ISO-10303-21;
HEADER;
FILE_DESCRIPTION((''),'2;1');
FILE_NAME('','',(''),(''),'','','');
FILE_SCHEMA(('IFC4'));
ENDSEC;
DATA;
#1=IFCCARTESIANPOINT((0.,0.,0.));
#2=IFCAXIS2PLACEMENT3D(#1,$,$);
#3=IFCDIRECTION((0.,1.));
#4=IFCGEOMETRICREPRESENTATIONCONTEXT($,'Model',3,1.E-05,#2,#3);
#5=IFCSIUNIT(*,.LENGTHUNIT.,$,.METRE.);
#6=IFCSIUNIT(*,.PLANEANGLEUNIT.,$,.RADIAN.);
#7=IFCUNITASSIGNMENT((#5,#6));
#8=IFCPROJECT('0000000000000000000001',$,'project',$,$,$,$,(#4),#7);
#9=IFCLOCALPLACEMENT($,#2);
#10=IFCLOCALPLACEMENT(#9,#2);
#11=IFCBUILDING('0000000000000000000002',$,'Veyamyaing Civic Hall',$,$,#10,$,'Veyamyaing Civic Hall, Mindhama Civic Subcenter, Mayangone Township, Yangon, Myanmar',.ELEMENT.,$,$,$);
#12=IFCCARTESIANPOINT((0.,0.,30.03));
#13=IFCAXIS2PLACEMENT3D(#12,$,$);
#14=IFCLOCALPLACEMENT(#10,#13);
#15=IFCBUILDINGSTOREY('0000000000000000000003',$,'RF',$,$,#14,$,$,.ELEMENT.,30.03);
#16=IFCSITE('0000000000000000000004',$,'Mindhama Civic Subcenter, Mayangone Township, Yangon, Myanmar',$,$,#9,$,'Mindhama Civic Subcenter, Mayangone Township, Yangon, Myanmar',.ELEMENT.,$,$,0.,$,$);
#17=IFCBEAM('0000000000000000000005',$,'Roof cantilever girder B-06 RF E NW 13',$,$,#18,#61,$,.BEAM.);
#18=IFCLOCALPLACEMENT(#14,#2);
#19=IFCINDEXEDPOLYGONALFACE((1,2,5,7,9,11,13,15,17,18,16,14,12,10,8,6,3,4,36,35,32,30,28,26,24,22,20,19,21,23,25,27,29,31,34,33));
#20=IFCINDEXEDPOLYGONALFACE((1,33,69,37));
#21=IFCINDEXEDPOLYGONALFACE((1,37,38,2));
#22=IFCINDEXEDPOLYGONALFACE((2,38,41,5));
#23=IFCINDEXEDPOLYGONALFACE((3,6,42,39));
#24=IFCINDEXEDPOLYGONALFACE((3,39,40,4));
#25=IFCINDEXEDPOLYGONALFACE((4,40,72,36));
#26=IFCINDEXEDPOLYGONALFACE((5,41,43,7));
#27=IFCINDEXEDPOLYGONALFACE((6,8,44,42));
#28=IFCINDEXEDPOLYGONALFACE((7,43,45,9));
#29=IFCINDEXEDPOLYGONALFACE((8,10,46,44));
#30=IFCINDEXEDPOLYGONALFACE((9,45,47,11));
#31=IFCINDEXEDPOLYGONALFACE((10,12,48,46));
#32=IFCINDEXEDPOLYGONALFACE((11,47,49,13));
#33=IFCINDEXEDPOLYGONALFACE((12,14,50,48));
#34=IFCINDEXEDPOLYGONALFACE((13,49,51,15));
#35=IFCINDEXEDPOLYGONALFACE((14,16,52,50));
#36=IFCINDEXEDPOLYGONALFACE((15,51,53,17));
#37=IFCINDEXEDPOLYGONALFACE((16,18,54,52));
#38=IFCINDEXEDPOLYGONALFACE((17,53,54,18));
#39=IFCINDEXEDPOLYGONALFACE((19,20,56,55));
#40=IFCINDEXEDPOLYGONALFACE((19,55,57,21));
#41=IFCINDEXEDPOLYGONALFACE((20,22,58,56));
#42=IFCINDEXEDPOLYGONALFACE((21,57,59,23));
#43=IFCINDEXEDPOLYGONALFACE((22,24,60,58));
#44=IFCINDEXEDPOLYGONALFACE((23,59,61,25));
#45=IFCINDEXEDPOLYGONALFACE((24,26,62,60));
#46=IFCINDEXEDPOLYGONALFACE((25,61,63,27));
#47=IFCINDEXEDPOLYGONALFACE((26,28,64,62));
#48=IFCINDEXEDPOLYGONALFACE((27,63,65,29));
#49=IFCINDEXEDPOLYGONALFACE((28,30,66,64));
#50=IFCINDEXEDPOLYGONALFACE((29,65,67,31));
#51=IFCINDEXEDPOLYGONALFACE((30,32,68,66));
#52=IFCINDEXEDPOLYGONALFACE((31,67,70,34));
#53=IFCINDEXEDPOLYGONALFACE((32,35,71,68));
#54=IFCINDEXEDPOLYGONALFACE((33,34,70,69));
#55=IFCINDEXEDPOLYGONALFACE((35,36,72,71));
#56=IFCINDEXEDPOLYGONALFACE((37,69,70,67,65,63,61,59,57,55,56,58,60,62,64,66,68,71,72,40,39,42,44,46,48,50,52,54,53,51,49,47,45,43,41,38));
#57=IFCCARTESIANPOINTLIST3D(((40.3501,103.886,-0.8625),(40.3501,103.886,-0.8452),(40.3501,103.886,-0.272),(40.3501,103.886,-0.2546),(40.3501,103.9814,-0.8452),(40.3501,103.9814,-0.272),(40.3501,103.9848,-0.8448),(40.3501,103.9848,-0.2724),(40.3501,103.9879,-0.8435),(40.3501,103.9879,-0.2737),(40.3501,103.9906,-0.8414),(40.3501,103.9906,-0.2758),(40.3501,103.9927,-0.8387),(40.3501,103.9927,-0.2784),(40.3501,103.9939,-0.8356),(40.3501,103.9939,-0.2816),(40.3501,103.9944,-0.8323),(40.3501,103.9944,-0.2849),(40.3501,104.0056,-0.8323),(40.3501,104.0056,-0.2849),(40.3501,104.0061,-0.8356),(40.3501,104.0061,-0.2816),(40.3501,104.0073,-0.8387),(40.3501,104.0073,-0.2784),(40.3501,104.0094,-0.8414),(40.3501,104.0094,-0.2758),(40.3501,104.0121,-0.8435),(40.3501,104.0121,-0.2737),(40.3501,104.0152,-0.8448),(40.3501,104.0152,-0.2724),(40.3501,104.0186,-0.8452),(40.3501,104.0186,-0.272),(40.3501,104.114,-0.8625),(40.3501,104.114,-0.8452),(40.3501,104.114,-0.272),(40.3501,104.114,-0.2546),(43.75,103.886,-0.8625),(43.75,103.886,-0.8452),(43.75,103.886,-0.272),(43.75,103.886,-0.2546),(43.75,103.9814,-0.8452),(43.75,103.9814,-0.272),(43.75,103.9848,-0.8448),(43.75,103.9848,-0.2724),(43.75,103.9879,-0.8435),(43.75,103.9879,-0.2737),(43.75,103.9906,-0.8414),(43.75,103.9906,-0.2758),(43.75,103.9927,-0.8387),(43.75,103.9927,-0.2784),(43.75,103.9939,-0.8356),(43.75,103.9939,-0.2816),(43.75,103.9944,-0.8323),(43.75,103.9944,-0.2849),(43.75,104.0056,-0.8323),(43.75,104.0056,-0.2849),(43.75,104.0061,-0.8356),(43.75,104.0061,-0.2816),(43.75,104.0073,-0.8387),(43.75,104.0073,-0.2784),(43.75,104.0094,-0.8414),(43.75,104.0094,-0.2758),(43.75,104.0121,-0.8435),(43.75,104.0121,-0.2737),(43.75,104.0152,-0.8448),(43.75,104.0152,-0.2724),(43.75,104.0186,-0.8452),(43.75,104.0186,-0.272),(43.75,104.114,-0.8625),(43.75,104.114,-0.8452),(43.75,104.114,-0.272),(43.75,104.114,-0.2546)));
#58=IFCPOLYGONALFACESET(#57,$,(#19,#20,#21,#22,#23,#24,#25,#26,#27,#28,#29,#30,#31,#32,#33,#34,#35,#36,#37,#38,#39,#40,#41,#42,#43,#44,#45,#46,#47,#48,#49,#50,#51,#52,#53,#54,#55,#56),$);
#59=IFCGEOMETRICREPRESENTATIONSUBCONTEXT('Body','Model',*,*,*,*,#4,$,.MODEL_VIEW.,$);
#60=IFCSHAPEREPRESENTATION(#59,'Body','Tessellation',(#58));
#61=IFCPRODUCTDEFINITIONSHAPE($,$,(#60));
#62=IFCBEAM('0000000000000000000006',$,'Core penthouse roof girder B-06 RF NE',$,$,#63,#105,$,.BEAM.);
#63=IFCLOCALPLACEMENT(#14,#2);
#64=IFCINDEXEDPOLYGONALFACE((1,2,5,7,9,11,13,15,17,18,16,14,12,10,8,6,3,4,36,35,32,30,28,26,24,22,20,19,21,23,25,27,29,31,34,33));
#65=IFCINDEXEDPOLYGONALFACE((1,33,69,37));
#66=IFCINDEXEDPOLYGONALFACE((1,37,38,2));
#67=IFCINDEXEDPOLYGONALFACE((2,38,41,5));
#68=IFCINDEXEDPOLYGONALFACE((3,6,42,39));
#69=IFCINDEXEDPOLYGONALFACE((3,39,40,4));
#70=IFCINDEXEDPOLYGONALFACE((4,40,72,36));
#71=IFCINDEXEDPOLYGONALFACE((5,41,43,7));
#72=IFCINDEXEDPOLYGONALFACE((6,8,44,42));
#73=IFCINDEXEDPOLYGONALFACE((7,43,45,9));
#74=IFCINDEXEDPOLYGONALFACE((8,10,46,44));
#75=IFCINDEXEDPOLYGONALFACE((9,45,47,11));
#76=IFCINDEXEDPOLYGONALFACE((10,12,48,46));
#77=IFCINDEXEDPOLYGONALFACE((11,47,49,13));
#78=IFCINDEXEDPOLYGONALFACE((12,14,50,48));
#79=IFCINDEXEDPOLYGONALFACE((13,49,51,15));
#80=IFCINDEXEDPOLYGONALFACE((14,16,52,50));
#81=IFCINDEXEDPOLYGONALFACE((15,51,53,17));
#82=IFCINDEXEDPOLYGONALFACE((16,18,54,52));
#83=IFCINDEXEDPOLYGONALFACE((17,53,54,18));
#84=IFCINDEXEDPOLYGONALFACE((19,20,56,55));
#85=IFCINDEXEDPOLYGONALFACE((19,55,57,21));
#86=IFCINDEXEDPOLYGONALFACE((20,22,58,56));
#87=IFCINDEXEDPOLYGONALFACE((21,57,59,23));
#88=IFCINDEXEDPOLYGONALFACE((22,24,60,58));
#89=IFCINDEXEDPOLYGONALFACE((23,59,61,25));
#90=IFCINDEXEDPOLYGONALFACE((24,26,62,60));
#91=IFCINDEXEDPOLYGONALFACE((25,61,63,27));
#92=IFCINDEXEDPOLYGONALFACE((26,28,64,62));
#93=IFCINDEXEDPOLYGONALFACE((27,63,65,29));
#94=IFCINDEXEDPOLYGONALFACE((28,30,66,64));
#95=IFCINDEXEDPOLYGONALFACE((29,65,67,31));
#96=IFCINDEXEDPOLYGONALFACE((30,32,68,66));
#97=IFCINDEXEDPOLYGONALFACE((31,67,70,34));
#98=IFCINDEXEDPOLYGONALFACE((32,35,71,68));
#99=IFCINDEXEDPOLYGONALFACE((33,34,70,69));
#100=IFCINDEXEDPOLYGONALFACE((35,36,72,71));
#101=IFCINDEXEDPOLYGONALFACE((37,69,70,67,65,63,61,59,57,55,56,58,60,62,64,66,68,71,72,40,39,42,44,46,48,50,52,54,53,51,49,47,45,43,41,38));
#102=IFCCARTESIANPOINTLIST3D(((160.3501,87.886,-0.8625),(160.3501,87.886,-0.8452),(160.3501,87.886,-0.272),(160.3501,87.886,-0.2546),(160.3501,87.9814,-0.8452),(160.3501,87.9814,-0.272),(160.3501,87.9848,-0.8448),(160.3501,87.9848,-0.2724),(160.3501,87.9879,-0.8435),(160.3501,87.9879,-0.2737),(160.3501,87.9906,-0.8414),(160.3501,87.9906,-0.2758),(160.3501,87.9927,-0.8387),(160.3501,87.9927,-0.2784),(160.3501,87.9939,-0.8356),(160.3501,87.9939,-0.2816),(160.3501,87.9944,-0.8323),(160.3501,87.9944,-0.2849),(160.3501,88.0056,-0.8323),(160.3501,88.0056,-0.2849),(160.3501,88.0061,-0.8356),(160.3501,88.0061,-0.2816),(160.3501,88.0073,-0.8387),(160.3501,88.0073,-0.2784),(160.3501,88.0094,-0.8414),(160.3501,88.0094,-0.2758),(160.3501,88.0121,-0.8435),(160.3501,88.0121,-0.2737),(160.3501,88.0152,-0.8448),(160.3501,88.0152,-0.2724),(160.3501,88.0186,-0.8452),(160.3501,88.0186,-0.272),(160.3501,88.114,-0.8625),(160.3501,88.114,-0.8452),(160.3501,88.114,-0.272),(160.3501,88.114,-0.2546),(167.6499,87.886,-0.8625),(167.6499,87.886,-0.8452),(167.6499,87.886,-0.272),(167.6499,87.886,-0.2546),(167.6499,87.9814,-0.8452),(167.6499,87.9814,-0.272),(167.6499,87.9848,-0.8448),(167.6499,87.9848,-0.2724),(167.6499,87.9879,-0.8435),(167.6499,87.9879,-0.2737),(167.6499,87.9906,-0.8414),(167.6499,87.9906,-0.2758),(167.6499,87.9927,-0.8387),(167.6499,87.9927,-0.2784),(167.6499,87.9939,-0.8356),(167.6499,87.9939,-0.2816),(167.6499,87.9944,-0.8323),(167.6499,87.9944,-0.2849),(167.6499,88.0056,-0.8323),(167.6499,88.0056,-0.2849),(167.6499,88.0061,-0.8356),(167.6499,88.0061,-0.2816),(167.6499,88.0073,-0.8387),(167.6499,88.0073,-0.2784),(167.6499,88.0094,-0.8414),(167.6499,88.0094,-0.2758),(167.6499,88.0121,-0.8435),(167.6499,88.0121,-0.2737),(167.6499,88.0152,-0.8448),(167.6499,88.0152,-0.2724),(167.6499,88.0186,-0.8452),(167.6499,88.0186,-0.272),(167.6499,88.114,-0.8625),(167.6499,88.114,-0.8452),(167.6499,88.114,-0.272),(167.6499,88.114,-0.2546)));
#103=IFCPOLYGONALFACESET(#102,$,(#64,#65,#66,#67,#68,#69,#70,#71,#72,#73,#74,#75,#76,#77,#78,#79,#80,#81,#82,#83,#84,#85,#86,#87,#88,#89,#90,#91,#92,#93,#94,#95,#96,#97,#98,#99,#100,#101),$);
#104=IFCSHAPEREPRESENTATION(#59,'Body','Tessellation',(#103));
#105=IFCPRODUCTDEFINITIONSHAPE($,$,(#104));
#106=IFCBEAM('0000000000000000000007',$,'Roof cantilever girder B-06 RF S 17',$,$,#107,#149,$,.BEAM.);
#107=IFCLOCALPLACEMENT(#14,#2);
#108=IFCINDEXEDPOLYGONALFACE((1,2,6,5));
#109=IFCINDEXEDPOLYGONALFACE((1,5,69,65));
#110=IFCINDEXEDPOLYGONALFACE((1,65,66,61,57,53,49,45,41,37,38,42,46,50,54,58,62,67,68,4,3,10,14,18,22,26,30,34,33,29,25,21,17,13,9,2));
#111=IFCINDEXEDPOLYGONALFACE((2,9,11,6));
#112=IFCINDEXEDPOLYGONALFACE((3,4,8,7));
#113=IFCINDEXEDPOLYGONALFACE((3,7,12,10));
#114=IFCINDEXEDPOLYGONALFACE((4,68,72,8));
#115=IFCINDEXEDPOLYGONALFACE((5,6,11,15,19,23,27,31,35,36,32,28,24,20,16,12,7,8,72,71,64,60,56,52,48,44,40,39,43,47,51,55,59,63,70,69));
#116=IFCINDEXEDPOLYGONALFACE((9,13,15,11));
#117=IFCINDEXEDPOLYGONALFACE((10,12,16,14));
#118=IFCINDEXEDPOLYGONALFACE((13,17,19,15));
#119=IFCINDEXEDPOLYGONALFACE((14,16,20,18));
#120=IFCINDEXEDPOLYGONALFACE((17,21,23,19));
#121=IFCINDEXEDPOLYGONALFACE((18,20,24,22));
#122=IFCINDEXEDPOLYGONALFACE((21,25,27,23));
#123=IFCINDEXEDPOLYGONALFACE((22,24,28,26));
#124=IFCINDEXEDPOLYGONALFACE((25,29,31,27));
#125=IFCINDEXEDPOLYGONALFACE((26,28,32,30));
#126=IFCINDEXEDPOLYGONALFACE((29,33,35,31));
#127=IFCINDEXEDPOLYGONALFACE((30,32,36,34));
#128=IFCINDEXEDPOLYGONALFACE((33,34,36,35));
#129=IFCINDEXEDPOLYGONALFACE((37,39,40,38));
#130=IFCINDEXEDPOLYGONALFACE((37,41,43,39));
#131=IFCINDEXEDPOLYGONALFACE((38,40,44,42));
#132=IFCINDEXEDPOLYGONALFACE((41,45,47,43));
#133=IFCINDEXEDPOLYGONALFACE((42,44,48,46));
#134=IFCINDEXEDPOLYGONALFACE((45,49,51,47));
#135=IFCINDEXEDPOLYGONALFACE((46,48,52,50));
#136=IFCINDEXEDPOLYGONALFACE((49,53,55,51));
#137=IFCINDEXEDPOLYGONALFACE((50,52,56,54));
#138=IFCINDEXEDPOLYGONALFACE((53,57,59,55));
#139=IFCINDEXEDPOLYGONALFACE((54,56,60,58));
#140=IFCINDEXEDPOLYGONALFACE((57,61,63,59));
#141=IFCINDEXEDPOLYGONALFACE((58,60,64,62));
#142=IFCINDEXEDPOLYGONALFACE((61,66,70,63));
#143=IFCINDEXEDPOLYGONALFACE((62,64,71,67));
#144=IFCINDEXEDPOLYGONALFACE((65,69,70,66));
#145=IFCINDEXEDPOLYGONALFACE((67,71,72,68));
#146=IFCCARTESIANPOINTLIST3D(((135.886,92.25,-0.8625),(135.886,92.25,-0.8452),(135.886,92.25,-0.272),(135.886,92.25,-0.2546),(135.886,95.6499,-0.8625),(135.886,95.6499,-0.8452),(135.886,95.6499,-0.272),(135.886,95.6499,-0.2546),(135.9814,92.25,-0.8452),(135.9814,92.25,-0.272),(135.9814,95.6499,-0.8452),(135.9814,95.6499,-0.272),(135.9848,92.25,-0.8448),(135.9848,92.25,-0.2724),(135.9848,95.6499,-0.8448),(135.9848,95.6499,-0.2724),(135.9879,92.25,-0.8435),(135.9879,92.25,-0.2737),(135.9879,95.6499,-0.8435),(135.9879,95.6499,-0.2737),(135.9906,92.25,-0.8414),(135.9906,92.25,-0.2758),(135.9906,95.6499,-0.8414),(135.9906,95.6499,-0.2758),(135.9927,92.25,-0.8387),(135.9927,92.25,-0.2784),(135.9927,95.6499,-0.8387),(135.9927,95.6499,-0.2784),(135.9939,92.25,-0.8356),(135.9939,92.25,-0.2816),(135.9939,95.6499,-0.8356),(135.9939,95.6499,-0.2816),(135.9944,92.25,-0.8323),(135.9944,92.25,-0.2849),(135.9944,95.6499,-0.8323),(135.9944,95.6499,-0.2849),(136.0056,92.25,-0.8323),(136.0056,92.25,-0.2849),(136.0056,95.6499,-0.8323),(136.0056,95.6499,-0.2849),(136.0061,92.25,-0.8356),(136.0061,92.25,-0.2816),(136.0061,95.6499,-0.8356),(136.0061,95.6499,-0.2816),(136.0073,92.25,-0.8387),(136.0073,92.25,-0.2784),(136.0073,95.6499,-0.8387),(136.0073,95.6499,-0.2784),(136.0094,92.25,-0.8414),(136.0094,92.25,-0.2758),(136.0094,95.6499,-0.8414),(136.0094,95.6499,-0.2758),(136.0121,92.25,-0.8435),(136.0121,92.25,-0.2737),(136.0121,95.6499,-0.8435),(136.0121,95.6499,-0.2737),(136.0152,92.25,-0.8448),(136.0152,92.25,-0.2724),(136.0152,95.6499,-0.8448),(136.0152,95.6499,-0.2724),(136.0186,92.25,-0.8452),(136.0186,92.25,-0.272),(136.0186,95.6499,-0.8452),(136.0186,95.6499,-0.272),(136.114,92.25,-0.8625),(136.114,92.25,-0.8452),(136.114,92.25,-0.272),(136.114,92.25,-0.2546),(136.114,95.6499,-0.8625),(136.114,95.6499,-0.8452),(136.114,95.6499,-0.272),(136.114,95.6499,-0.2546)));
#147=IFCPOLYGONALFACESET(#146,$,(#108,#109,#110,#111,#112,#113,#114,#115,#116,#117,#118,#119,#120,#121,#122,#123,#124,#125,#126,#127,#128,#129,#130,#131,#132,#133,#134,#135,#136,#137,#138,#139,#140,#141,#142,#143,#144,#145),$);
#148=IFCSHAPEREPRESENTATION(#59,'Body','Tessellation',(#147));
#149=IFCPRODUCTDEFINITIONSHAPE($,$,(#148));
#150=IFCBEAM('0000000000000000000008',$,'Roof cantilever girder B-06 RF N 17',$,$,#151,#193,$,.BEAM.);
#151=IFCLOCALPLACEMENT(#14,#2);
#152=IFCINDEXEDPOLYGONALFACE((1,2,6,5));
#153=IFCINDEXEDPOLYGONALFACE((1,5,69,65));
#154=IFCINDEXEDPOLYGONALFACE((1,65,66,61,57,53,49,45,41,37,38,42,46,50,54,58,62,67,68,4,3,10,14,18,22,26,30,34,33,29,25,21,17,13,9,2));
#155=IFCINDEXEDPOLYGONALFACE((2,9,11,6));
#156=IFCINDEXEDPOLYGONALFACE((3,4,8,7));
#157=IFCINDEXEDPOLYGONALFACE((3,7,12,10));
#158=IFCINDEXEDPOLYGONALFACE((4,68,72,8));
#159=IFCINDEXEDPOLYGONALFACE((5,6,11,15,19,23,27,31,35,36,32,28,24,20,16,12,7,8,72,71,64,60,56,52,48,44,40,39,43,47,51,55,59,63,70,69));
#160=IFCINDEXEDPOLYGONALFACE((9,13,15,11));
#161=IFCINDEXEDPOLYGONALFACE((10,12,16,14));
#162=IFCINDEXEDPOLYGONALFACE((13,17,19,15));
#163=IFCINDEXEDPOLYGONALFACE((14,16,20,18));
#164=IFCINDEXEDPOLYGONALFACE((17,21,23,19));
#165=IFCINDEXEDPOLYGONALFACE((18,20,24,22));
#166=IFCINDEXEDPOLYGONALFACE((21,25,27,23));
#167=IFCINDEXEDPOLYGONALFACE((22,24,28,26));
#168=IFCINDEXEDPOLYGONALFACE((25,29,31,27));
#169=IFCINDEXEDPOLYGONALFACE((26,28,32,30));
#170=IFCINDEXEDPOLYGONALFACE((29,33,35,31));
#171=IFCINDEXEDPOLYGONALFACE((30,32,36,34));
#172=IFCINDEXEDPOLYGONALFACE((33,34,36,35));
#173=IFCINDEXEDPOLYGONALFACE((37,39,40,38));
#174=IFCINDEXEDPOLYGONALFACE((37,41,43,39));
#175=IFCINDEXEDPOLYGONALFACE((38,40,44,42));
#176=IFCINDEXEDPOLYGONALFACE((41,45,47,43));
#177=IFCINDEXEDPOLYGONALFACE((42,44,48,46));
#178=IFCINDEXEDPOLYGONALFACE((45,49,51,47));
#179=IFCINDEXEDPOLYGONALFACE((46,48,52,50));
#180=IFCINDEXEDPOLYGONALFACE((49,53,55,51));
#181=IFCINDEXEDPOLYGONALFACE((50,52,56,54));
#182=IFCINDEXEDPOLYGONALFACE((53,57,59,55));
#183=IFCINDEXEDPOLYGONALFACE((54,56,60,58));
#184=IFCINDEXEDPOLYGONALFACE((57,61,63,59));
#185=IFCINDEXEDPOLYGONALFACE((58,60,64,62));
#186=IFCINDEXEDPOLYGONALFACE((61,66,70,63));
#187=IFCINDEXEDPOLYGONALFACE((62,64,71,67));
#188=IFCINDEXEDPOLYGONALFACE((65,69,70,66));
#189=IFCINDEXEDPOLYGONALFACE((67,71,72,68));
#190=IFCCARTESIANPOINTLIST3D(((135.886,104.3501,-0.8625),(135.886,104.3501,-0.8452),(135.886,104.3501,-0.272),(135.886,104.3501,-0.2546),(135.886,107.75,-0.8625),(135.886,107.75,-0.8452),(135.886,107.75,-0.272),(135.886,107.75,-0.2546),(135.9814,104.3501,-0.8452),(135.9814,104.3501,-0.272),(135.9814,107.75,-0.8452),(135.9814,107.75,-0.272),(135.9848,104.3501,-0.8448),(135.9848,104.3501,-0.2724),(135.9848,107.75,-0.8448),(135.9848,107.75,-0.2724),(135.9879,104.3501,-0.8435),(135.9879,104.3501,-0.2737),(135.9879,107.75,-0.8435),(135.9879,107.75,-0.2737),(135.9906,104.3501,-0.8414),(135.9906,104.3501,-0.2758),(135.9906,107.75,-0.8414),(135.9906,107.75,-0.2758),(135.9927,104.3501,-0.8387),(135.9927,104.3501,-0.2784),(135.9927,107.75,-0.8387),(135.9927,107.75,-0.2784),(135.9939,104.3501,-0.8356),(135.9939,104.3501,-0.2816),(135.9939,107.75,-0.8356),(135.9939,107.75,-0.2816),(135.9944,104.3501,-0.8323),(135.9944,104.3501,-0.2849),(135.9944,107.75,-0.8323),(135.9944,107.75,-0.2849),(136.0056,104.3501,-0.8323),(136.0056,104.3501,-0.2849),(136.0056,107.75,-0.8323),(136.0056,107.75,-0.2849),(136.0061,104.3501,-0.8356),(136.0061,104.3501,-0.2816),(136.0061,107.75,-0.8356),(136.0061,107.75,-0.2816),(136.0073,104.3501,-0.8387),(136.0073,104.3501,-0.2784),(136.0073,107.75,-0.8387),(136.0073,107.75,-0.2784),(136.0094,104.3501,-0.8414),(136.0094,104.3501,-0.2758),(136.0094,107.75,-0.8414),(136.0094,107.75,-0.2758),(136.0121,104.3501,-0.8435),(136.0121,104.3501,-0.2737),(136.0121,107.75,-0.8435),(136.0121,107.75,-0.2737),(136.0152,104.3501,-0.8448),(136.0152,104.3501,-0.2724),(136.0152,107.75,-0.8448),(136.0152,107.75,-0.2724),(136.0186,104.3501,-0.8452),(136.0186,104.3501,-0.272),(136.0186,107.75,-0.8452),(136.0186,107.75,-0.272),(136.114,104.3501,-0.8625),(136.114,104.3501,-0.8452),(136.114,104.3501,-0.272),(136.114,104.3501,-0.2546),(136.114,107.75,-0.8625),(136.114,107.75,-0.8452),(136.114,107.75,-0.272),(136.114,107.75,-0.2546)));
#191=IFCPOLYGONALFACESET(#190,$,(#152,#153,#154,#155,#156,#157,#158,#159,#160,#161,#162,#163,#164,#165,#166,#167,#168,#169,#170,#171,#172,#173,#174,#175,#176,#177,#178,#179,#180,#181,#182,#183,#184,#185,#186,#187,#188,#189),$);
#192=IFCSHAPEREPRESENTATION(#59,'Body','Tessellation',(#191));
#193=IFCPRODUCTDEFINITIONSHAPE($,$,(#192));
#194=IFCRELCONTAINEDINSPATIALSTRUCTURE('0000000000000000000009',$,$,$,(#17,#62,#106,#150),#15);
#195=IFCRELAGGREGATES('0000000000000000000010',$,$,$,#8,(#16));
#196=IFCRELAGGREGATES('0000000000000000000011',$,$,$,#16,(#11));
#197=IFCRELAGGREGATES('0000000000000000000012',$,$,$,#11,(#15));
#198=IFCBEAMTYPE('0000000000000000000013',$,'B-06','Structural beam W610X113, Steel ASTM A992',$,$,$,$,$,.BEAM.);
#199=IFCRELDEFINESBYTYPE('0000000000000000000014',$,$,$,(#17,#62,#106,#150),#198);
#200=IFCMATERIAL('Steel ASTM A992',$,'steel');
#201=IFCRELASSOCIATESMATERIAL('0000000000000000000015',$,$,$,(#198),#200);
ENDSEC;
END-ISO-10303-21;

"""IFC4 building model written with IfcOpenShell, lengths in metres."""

from ifc_helpers import new_model, si_unit, direction, frame, origin, origin_2d, place, context, subcontext, project, spatial, i_section, extrude, material, material_profile, profile_set, type_object, element, save


model = new_model("IFC4")

# Units and contexts
model_context = context("Model", 3, precision=1e-05, world=origin(), true_north=direction((0.0, 1.0)))
body_context = subcontext(model_context, "Body", "Model", "MODEL_VIEW")
ifc_project = project(units=[si_unit("LENGTHUNIT", "METRE"), si_unit("PLANEANGLEUNIT", "RADIAN")], contexts=[model_context])

# Site, building, storey
site_placement = place(None, origin())
site = spatial("IfcSite", under=ifc_project, at=site_placement, Name="Mindhama Civic Subcenter, Mayangone Township, Yangon, Myanmar", LongName="Mindhama Civic Subcenter, Mayangone Township, Yangon, Myanmar", CompositionType="ELEMENT", RefElevation=0.0)
building_placement = place(site_placement, origin())
building = spatial("IfcBuilding", under=site, at=building_placement, Name="Veyamyaing Civic Hall", LongName="Veyamyaing Civic Hall, Mindhama Civic Subcenter, Mayangone Township, Yangon, Myanmar", CompositionType="ELEMENT")
storey_placement = place(building_placement, frame((0.0, 0.0, 30.03)))
storey = spatial("IfcBuildingStorey", under=building, at=storey_placement, Name="RF", CompositionType="ELEMENT", Elevation=30.03)

# Beams
ifc_material_1 = material(Name="Steel ASTM A992", Category="steel")
ifc_material_profile_1 = material_profile(ifc_material_1, i_section(OverallWidth=0.228, OverallDepth=0.6079, WebThickness=0.0112, FlangeThickness=0.0173, FilletRadius=0.0129, at=origin_2d()), Name="W610X113")
ifc_profile_set_1 = profile_set([ifc_material_profile_1], Name="Steel ASTM A992")
beam_type_1 = type_object("IfcBeamType", Name="B-06", Description="Structural beam W610X113, Steel ASTM A992", PredefinedType="BEAM", material=ifc_profile_set_1)
for number, where, z_axis, x_axis, name in (
    (1, (40.3501, 104.0, -0.5586), (1.0, 0.0, 0.0), (0.0, 1.0, 0.0), "Roof cantilever girder B-06 RF E NW 13"),
):
    element("IfcBeam", number, at=place(storey_placement, frame(where, z_axis=z_axis, x_axis=x_axis)), inside=storey, type_object=beam_type_1, Name=name, PredefinedType="BEAM", context=body_context, shape_type="SweptSolid", body=[
        extrude(i_section(OverallWidth=0.228, OverallDepth=0.6079, WebThickness=0.0112, FlangeThickness=0.0173, FilletRadius=0.0129, at=origin_2d()), origin(), (0.0, 0.0, 1.0), 3.3999),
    ])
beam_1_placement = place(storey_placement, frame((160.3501, 88.0, -0.5586), z_axis=(1.0, 0.0, 0.0), x_axis=(0.0, 1.0, 0.0)))
element("IfcBeam", 2, at=beam_1_placement, inside=storey, type_object=beam_type_1, Name="Core penthouse roof girder B-06 RF NE", PredefinedType="BEAM", context=body_context, shape_type="SweptSolid", body=[
    extrude(i_section(OverallWidth=0.228, OverallDepth=0.6079, WebThickness=0.0112, FlangeThickness=0.0173, FilletRadius=0.0129, at=origin_2d()), origin(), (0.0, 0.0, 1.0), 7.2998),
])
for number, where, z_axis, x_axis, name in (
    (3, (136.0, 92.25, -0.5586), (0.0, 1.0, 0.0), (-1.0, 0.0, 0.0), "Roof cantilever girder B-06 RF S 17"),
    (4, (136.0, 104.3501, -0.5586), (0.0, 1.0, 0.0), (-1.0, 0.0, 0.0), "Roof cantilever girder B-06 RF N 17"),
):
    element("IfcBeam", number, at=place(storey_placement, frame(where, z_axis=z_axis, x_axis=x_axis)), inside=storey, type_object=beam_type_1, Name=name, PredefinedType="BEAM", context=body_context, shape_type="SweptSolid", body=[
        extrude(i_section(OverallWidth=0.228, OverallDepth=0.6079, WebThickness=0.0112, FlangeThickness=0.0173, FilletRadius=0.0129, at=origin_2d()), origin(), (0.0, 0.0, 1.0), 3.3999),
    ])

save(model, "model.ifc")
